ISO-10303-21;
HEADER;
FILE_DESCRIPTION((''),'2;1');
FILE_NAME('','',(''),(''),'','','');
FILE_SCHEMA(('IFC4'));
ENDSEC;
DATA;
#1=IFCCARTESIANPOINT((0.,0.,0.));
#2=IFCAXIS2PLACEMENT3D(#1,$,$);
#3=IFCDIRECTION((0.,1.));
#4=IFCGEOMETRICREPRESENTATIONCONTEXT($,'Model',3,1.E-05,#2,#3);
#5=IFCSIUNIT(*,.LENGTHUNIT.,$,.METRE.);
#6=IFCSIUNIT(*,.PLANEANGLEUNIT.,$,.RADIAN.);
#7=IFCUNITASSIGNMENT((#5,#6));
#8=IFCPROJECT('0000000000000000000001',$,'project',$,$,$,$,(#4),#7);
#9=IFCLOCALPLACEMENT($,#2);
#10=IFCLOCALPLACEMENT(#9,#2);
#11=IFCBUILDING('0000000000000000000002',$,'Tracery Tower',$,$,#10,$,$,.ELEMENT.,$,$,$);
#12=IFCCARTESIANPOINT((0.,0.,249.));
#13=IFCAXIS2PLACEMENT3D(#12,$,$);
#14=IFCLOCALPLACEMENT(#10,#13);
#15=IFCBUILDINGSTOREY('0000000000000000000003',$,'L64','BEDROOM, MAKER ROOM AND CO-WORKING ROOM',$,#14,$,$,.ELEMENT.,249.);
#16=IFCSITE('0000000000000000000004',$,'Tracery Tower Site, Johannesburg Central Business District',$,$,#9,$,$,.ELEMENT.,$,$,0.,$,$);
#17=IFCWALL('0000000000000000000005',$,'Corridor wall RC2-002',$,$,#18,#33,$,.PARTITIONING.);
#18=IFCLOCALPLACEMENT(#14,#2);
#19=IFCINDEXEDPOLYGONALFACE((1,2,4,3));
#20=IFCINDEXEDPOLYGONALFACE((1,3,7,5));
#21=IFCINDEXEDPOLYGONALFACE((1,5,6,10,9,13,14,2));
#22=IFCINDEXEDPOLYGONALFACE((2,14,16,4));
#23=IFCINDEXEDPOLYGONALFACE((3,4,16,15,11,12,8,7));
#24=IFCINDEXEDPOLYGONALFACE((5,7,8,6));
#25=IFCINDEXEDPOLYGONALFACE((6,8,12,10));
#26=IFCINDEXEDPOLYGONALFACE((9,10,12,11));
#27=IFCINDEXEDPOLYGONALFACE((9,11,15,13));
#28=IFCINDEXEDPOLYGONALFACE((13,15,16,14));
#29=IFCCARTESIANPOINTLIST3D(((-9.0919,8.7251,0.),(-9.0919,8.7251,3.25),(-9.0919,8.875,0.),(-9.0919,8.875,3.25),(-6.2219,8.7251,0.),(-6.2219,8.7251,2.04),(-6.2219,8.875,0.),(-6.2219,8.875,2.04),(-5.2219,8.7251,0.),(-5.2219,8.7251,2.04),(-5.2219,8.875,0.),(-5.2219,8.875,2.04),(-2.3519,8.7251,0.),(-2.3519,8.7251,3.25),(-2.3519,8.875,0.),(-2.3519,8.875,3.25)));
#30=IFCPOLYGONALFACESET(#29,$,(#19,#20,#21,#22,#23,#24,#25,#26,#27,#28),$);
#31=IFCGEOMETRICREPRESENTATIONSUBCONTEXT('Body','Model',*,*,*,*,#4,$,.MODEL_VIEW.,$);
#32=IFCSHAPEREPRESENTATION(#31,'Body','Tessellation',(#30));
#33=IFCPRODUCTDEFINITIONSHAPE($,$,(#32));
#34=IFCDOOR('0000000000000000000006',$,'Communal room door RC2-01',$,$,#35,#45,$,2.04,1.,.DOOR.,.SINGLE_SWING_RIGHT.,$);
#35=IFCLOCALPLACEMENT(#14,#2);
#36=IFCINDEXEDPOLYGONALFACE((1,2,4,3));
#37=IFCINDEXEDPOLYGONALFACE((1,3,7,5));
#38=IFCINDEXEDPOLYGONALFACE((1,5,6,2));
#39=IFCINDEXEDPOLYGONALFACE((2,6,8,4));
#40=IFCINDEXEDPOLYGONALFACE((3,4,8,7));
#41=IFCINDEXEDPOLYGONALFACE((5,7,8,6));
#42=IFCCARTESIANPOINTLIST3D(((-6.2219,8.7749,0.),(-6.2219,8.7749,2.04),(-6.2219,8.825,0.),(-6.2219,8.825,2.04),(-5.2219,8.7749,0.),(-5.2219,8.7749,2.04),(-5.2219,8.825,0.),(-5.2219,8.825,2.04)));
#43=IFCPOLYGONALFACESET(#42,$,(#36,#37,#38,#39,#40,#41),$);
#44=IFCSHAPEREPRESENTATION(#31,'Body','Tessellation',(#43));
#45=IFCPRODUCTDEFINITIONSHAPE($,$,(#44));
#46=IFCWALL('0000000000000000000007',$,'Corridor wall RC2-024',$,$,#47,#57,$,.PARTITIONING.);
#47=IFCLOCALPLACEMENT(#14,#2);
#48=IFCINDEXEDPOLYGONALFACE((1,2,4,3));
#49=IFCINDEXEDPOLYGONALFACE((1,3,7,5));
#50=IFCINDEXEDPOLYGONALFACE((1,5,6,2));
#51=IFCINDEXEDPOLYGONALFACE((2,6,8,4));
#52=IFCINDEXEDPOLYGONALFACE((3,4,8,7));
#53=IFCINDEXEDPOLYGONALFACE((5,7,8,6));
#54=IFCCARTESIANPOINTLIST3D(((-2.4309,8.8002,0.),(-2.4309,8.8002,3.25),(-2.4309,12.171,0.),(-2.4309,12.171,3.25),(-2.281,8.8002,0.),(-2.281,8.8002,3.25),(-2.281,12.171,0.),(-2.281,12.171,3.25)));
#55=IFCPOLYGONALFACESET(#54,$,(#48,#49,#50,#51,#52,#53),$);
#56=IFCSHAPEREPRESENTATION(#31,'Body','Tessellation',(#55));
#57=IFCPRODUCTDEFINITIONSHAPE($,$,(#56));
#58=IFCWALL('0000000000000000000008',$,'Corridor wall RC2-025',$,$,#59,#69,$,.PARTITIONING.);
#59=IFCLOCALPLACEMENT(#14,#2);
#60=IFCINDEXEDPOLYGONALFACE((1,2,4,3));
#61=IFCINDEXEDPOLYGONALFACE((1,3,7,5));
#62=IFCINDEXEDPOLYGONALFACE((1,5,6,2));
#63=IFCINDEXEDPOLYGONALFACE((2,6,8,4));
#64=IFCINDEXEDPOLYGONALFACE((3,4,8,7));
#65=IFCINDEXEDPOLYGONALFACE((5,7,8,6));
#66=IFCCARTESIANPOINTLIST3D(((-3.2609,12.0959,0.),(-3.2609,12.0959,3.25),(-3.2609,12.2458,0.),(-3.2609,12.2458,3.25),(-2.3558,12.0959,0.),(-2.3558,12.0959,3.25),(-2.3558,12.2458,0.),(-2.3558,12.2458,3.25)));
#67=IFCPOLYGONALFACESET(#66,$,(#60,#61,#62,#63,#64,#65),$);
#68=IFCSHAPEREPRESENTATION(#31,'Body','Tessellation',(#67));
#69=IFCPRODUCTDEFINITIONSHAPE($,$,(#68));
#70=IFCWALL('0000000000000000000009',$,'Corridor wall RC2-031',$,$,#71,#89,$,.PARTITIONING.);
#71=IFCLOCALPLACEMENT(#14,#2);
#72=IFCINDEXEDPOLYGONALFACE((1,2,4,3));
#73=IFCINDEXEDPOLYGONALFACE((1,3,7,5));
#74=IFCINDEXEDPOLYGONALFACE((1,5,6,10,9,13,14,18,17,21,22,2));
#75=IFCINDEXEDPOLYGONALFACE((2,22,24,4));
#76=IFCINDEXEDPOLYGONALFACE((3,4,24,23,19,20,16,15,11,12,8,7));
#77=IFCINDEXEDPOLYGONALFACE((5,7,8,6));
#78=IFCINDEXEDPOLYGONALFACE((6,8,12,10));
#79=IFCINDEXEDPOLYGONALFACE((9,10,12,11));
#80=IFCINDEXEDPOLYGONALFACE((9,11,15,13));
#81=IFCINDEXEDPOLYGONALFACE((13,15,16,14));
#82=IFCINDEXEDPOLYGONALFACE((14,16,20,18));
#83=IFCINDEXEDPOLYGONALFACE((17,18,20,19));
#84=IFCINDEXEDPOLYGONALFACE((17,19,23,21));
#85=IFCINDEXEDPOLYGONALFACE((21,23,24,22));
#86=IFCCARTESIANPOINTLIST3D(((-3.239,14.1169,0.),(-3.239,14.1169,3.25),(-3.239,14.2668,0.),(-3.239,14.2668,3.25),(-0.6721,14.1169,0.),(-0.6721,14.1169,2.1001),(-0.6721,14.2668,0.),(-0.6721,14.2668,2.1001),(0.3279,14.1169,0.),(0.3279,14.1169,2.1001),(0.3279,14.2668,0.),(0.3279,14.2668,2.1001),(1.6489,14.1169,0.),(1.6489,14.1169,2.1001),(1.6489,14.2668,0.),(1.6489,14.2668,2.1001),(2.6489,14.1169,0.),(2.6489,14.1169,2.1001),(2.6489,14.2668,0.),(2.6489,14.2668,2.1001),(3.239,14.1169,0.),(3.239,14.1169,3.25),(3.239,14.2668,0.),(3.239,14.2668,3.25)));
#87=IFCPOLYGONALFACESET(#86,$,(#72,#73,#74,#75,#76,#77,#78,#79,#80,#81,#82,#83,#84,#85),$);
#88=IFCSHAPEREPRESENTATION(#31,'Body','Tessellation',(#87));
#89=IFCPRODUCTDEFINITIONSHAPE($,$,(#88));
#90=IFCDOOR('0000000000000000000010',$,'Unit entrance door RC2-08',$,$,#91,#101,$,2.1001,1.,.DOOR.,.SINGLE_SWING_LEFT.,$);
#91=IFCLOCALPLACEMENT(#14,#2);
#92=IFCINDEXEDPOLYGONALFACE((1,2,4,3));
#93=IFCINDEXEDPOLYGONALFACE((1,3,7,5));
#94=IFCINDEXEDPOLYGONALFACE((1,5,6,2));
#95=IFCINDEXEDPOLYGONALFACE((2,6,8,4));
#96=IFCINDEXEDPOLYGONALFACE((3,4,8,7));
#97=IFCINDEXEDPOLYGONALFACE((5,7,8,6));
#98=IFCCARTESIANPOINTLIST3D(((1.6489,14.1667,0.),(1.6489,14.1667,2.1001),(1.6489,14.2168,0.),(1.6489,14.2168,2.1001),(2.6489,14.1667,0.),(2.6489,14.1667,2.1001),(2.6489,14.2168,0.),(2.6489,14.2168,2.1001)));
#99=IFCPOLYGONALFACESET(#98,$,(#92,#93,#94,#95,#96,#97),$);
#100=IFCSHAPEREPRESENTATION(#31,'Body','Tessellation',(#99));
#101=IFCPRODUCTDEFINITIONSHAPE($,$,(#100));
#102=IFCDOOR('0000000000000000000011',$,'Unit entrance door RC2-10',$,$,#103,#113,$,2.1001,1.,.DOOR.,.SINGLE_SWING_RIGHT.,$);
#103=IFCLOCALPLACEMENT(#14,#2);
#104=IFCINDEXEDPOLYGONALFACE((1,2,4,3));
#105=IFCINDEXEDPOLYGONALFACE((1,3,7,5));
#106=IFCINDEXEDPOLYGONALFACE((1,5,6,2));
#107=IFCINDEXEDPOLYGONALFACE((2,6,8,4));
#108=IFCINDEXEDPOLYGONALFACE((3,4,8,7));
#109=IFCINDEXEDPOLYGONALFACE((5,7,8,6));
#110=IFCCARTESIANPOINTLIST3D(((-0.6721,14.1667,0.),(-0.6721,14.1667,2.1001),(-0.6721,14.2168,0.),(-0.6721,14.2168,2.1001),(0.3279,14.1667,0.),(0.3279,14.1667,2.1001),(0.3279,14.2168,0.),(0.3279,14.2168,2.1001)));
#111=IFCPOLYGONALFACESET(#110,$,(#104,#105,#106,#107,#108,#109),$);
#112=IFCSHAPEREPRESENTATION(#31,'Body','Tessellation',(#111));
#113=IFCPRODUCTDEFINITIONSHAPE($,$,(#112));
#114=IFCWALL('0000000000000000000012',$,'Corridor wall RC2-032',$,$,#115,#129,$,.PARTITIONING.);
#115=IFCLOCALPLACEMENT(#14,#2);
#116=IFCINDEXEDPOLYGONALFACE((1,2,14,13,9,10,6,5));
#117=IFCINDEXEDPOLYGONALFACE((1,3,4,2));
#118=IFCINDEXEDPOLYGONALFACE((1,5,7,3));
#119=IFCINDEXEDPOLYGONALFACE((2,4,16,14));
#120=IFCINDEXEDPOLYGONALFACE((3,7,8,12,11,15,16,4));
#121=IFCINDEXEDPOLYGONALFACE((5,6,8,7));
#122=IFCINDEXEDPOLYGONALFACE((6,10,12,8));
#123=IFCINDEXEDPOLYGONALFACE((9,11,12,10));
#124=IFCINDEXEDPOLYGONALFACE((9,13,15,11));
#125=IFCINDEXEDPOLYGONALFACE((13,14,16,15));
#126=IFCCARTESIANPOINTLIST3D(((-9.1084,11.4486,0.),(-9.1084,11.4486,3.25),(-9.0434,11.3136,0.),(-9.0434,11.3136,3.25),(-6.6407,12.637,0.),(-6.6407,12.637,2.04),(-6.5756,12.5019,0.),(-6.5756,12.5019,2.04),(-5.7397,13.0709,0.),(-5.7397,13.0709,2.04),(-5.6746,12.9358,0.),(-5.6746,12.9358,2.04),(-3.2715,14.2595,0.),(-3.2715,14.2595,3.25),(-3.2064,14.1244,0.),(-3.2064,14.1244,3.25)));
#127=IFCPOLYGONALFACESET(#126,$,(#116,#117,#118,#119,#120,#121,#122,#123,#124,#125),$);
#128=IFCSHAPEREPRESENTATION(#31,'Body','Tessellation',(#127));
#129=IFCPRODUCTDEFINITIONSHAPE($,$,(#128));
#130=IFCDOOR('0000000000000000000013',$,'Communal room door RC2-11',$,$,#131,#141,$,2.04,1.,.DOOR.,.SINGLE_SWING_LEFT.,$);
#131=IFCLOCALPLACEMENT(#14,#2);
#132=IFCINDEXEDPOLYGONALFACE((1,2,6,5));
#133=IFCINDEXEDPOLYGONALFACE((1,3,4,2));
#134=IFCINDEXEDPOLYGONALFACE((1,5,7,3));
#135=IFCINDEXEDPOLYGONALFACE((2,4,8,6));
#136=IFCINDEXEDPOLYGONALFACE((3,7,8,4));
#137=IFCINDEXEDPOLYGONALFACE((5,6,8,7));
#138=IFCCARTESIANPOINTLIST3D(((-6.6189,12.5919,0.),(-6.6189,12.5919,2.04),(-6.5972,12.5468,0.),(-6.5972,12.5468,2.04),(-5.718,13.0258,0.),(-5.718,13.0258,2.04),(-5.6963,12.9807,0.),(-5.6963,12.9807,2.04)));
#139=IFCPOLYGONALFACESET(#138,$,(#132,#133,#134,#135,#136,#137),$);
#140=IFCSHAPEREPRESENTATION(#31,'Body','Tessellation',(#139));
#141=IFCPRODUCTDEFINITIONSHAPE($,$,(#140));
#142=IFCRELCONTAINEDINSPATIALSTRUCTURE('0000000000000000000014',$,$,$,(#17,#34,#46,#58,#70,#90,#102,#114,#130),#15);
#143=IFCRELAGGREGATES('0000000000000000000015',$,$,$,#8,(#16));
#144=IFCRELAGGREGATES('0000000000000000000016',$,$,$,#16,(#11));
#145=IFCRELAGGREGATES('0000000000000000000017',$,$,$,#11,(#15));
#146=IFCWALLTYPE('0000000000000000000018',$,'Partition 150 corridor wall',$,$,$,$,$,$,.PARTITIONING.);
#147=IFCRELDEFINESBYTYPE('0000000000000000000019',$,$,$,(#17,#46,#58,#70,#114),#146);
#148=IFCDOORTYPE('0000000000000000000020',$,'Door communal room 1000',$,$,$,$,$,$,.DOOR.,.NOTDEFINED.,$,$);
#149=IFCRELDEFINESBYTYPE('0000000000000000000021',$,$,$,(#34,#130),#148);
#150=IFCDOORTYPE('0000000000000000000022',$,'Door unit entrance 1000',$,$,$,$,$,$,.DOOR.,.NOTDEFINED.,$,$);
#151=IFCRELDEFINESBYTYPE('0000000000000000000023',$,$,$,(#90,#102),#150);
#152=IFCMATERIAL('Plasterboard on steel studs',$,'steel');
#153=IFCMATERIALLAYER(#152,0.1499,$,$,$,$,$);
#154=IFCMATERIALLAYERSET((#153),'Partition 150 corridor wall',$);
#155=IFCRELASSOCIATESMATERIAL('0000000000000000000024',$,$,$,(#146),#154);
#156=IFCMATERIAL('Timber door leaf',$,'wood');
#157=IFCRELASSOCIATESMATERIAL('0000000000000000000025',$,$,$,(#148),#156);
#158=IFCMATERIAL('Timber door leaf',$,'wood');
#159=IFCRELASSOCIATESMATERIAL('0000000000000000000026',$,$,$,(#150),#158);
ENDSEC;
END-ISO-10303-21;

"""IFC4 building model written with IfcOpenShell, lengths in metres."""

from ifc_helpers import new_model, si_unit, direction, frame, frame_2d, origin, place, context, subcontext, project, spatial, rectangle, extrude, material, layer, layer_set, type_object, element, fill, save


model = new_model("IFC4")

# Units and contexts
model_context = context("Model", 3, precision=1e-05, world=origin(), true_north=direction((0.0, 1.0)))
body_context = subcontext(model_context, "Body", "Model", "MODEL_VIEW")
ifc_project = project(units=[si_unit("LENGTHUNIT", "METRE"), si_unit("PLANEANGLEUNIT", "RADIAN")], contexts=[model_context])

# Site, building, storey
site_placement = place(None, origin())
site = spatial("IfcSite", under=ifc_project, at=site_placement, Name="Tracery Tower Site, Johannesburg Central Business District", CompositionType="ELEMENT", RefElevation=0.0)
building_placement = place(site_placement, origin())
building = spatial("IfcBuilding", under=site, at=building_placement, Name="Tracery Tower", CompositionType="ELEMENT")
storey_placement = place(building_placement, frame((0.0, 0.0, 249.0)))
storey = spatial("IfcBuildingStorey", under=building, at=storey_placement, Name="L64", Description="BEDROOM, MAKER ROOM AND CO-WORKING ROOM", CompositionType="ELEMENT", Elevation=249.0)

# Shared definitions
ifc_material_1 = material(Name="Plasterboard on steel studs", Category="steel")
ifc_layer_1 = layer(ifc_material_1, 0.1499)
ifc_layer_set_1 = layer_set([ifc_layer_1], Name="Partition 150 corridor wall")
wall_type_1 = type_object("IfcWallType", Name="Partition 150 corridor wall", PredefinedType="PARTITIONING", material=ifc_layer_set_1)

# Wall, opening, door
wall_1_placement = place(storey_placement, frame((-9.092, 8.8, 0.0), z_axis=(0.0, 0.0, 1.0), x_axis=(1.0, 0.0, 0.0)))
wall_1 = element("IfcWall", 1, at=wall_1_placement, inside=storey, type_object=wall_type_1, Name="Corridor wall RC2-002", PredefinedType="PARTITIONING", context=body_context, shape_type="SweptSolid", body=[
    extrude(rectangle(XDim=6.74, YDim=0.1499, at=frame_2d((3.3701, 0.0))), origin(), (0.0, 0.0, 1.0), 3.25),
])
opening_1_placement = place(wall_1_placement, frame((2.8701, 0.0, 0.0)))
opening_1 = element("IfcOpeningElement", 2, at=opening_1_placement, cuts=wall_1, PredefinedType="OPENING", context=body_context, shape_type="SweptSolid", body=[
    extrude(rectangle(XDim=1.0, YDim=2.04, at=frame_2d((0.5, 1.02))), frame((0.0, 0.075, 0.0), z_axis=(0.0, -1.0, 0.0), x_axis=(1.0, 0.0, 0.0)), (0.0, 0.0, 1.0), 0.1499),
])
ifc_material_2 = material(Name="Timber door leaf", Category="wood")
door_type_1 = type_object("IfcDoorType", Name="Door communal room 1000", OperationType="NOTDEFINED", PredefinedType="DOOR", material=ifc_material_2)
door_1_placement = place(opening_1_placement, origin())
door_1 = element("IfcDoor", 3, at=door_1_placement, inside=storey, type_object=door_type_1, Name="Communal room door RC2-01", OperationType="SINGLE_SWING_RIGHT", OverallHeight=2.04, OverallWidth=1.0, PredefinedType="DOOR", context=body_context, shape_type="SweptSolid", body=[
    extrude(rectangle(XDim=1.0, YDim=2.04, at=frame_2d((0.5, 1.02))), frame((0.0, 0.0249, 0.0), z_axis=(0.0, -1.0, 0.0), x_axis=(1.0, 0.0, 0.0)), (0.0, 0.0, 1.0), 0.05),
])
fill(opening_1, door_1)

# Walls
wall_2_placement = place(storey_placement, frame((-2.356, 8.8, 0.0), z_axis=(0.0, 0.0, 1.0), x_axis=(0.0, 1.0, 0.0)))
element("IfcWall", 4, at=wall_2_placement, inside=storey, type_object=wall_type_1, Name="Corridor wall RC2-024", PredefinedType="PARTITIONING", context=body_context, shape_type="SweptSolid", body=[
    extrude(rectangle(XDim=3.3708, YDim=0.1499, at=frame_2d((1.6855, 0.0))), origin(), (0.0, 0.0, 1.0), 3.25),
])
wall_3_placement = place(storey_placement, frame((-3.261, 12.1709, 0.0), z_axis=(0.0, 0.0, 1.0), x_axis=(1.0, 0.0, 0.0)))
element("IfcWall", 5, at=wall_3_placement, inside=storey, type_object=wall_type_1, Name="Corridor wall RC2-025", PredefinedType="PARTITIONING", context=body_context, shape_type="SweptSolid", body=[
    extrude(rectangle(XDim=0.905, YDim=0.1499, at=frame_2d((0.4526, 0.0))), origin(), (0.0, 0.0, 1.0), 3.25),
])

# Wall, openings, doors
wall_4_placement = place(storey_placement, frame((-3.239, 14.1919, 0.0), z_axis=(0.0, 0.0, 1.0), x_axis=(1.0, 0.0, 0.0)))
wall_4 = element("IfcWall", 6, at=wall_4_placement, inside=storey, type_object=wall_type_1, Name="Corridor wall RC2-031", PredefinedType="PARTITIONING", context=body_context, shape_type="SweptSolid", body=[
    extrude(rectangle(XDim=6.478, YDim=0.1499, at=frame_2d((3.239, 0.0))), origin(), (0.0, 0.0, 1.0), 3.25),
])
opening_2_placement = place(wall_4_placement, frame((4.8879, 0.0, 0.0)))
opening_2 = element("IfcOpeningElement", 7, at=opening_2_placement, cuts=wall_4, PredefinedType="OPENING", context=body_context, shape_type="SweptSolid", body=[
    extrude(rectangle(XDim=1.0, YDim=2.1001, at=frame_2d((0.5, 1.05))), frame((0.0, 0.075, 0.0), z_axis=(0.0, -1.0, 0.0), x_axis=(1.0, 0.0, 0.0)), (0.0, 0.0, 1.0), 0.1499),
])
opening_3_placement = place(wall_4_placement, frame((2.5669, 0.0, 0.0)))
opening_3 = element("IfcOpeningElement", 8, at=opening_3_placement, cuts=wall_4, PredefinedType="OPENING", context=body_context, shape_type="SweptSolid", body=[
    extrude(rectangle(XDim=1.0, YDim=2.1001, at=frame_2d((0.5, 1.05))), frame((0.0, 0.075, 0.0), z_axis=(0.0, -1.0, 0.0), x_axis=(1.0, 0.0, 0.0)), (0.0, 0.0, 1.0), 0.1499),
])
ifc_material_3 = material(Name="Timber door leaf", Category="wood")
door_type_2 = type_object("IfcDoorType", Name="Door unit entrance 1000", OperationType="NOTDEFINED", PredefinedType="DOOR", material=ifc_material_3)
door_2_placement = place(opening_2_placement, origin())
door_2 = element("IfcDoor", 9, at=door_2_placement, inside=storey, type_object=door_type_2, Name="Unit entrance door RC2-08", OperationType="SINGLE_SWING_LEFT", OverallHeight=2.1001, OverallWidth=1.0, PredefinedType="DOOR", context=body_context, shape_type="SweptSolid", body=[
    extrude(rectangle(XDim=1.0, YDim=2.1001, at=frame_2d((0.5, 1.05))), frame((0.0, 0.0249, 0.0), z_axis=(0.0, -1.0, 0.0), x_axis=(1.0, 0.0, 0.0)), (0.0, 0.0, 1.0), 0.05),
])
fill(opening_2, door_2)
door_3_placement = place(opening_3_placement, origin())
door_3 = element("IfcDoor", 10, at=door_3_placement, inside=storey, type_object=door_type_2, Name="Unit entrance door RC2-10", OperationType="SINGLE_SWING_RIGHT", OverallHeight=2.1001, OverallWidth=1.0, PredefinedType="DOOR", context=body_context, shape_type="SweptSolid", body=[
    extrude(rectangle(XDim=1.0, YDim=2.1001, at=frame_2d((0.5, 1.05))), frame((0.0, 0.0249, 0.0), z_axis=(0.0, -1.0, 0.0), x_axis=(1.0, 0.0, 0.0)), (0.0, 0.0, 1.0), 0.05),
])
fill(opening_3, door_3)

# Wall, opening, door
wall_5_placement = place(storey_placement, frame((-9.0759, 11.3811, 0.0), z_axis=(0.0, 0.0, 1.0), x_axis=(0.900976, 0.433869, 0.0)))
wall_5 = element("IfcWall", 11, at=wall_5_placement, inside=storey, type_object=wall_type_1, Name="Corridor wall RC2-032", PredefinedType="PARTITIONING", context=body_context, shape_type="SweptSolid", body=[
    extrude(rectangle(XDim=6.4785, YDim=0.1499, at=frame_2d((3.2393, 0.0))), origin(), (0.0, 0.0, 1.0), 3.25),
])
opening_4_placement = place(wall_5_placement, frame((2.739, 0.0, 0.0)))
opening_4 = element("IfcOpeningElement", 12, at=opening_4_placement, cuts=wall_5, PredefinedType="OPENING", context=body_context, shape_type="SweptSolid", body=[
    extrude(rectangle(XDim=1.0, YDim=2.04, at=frame_2d((0.5, 1.02))), frame((0.0, 0.075, 0.0), z_axis=(0.0, -1.0, 0.0), x_axis=(1.0, 0.0, 0.0)), (0.0, 0.0, 1.0), 0.1499),
])
door_4_placement = place(opening_4_placement, origin())
door_4 = element("IfcDoor", 13, at=door_4_placement, inside=storey, type_object=door_type_1, Name="Communal room door RC2-11", OperationType="SINGLE_SWING_LEFT", OverallHeight=2.04, OverallWidth=1.0, PredefinedType="DOOR", context=body_context, shape_type="SweptSolid", body=[
    extrude(rectangle(XDim=1.0, YDim=2.04, at=frame_2d((0.5, 1.02))), frame((0.0, 0.0249, 0.0), z_axis=(0.0, -1.0, 0.0), x_axis=(1.0, 0.0, 0.0)), (0.0, 0.0, 1.0), 0.05),
])
fill(opening_4, door_4)

save(model, "model.ifc")
